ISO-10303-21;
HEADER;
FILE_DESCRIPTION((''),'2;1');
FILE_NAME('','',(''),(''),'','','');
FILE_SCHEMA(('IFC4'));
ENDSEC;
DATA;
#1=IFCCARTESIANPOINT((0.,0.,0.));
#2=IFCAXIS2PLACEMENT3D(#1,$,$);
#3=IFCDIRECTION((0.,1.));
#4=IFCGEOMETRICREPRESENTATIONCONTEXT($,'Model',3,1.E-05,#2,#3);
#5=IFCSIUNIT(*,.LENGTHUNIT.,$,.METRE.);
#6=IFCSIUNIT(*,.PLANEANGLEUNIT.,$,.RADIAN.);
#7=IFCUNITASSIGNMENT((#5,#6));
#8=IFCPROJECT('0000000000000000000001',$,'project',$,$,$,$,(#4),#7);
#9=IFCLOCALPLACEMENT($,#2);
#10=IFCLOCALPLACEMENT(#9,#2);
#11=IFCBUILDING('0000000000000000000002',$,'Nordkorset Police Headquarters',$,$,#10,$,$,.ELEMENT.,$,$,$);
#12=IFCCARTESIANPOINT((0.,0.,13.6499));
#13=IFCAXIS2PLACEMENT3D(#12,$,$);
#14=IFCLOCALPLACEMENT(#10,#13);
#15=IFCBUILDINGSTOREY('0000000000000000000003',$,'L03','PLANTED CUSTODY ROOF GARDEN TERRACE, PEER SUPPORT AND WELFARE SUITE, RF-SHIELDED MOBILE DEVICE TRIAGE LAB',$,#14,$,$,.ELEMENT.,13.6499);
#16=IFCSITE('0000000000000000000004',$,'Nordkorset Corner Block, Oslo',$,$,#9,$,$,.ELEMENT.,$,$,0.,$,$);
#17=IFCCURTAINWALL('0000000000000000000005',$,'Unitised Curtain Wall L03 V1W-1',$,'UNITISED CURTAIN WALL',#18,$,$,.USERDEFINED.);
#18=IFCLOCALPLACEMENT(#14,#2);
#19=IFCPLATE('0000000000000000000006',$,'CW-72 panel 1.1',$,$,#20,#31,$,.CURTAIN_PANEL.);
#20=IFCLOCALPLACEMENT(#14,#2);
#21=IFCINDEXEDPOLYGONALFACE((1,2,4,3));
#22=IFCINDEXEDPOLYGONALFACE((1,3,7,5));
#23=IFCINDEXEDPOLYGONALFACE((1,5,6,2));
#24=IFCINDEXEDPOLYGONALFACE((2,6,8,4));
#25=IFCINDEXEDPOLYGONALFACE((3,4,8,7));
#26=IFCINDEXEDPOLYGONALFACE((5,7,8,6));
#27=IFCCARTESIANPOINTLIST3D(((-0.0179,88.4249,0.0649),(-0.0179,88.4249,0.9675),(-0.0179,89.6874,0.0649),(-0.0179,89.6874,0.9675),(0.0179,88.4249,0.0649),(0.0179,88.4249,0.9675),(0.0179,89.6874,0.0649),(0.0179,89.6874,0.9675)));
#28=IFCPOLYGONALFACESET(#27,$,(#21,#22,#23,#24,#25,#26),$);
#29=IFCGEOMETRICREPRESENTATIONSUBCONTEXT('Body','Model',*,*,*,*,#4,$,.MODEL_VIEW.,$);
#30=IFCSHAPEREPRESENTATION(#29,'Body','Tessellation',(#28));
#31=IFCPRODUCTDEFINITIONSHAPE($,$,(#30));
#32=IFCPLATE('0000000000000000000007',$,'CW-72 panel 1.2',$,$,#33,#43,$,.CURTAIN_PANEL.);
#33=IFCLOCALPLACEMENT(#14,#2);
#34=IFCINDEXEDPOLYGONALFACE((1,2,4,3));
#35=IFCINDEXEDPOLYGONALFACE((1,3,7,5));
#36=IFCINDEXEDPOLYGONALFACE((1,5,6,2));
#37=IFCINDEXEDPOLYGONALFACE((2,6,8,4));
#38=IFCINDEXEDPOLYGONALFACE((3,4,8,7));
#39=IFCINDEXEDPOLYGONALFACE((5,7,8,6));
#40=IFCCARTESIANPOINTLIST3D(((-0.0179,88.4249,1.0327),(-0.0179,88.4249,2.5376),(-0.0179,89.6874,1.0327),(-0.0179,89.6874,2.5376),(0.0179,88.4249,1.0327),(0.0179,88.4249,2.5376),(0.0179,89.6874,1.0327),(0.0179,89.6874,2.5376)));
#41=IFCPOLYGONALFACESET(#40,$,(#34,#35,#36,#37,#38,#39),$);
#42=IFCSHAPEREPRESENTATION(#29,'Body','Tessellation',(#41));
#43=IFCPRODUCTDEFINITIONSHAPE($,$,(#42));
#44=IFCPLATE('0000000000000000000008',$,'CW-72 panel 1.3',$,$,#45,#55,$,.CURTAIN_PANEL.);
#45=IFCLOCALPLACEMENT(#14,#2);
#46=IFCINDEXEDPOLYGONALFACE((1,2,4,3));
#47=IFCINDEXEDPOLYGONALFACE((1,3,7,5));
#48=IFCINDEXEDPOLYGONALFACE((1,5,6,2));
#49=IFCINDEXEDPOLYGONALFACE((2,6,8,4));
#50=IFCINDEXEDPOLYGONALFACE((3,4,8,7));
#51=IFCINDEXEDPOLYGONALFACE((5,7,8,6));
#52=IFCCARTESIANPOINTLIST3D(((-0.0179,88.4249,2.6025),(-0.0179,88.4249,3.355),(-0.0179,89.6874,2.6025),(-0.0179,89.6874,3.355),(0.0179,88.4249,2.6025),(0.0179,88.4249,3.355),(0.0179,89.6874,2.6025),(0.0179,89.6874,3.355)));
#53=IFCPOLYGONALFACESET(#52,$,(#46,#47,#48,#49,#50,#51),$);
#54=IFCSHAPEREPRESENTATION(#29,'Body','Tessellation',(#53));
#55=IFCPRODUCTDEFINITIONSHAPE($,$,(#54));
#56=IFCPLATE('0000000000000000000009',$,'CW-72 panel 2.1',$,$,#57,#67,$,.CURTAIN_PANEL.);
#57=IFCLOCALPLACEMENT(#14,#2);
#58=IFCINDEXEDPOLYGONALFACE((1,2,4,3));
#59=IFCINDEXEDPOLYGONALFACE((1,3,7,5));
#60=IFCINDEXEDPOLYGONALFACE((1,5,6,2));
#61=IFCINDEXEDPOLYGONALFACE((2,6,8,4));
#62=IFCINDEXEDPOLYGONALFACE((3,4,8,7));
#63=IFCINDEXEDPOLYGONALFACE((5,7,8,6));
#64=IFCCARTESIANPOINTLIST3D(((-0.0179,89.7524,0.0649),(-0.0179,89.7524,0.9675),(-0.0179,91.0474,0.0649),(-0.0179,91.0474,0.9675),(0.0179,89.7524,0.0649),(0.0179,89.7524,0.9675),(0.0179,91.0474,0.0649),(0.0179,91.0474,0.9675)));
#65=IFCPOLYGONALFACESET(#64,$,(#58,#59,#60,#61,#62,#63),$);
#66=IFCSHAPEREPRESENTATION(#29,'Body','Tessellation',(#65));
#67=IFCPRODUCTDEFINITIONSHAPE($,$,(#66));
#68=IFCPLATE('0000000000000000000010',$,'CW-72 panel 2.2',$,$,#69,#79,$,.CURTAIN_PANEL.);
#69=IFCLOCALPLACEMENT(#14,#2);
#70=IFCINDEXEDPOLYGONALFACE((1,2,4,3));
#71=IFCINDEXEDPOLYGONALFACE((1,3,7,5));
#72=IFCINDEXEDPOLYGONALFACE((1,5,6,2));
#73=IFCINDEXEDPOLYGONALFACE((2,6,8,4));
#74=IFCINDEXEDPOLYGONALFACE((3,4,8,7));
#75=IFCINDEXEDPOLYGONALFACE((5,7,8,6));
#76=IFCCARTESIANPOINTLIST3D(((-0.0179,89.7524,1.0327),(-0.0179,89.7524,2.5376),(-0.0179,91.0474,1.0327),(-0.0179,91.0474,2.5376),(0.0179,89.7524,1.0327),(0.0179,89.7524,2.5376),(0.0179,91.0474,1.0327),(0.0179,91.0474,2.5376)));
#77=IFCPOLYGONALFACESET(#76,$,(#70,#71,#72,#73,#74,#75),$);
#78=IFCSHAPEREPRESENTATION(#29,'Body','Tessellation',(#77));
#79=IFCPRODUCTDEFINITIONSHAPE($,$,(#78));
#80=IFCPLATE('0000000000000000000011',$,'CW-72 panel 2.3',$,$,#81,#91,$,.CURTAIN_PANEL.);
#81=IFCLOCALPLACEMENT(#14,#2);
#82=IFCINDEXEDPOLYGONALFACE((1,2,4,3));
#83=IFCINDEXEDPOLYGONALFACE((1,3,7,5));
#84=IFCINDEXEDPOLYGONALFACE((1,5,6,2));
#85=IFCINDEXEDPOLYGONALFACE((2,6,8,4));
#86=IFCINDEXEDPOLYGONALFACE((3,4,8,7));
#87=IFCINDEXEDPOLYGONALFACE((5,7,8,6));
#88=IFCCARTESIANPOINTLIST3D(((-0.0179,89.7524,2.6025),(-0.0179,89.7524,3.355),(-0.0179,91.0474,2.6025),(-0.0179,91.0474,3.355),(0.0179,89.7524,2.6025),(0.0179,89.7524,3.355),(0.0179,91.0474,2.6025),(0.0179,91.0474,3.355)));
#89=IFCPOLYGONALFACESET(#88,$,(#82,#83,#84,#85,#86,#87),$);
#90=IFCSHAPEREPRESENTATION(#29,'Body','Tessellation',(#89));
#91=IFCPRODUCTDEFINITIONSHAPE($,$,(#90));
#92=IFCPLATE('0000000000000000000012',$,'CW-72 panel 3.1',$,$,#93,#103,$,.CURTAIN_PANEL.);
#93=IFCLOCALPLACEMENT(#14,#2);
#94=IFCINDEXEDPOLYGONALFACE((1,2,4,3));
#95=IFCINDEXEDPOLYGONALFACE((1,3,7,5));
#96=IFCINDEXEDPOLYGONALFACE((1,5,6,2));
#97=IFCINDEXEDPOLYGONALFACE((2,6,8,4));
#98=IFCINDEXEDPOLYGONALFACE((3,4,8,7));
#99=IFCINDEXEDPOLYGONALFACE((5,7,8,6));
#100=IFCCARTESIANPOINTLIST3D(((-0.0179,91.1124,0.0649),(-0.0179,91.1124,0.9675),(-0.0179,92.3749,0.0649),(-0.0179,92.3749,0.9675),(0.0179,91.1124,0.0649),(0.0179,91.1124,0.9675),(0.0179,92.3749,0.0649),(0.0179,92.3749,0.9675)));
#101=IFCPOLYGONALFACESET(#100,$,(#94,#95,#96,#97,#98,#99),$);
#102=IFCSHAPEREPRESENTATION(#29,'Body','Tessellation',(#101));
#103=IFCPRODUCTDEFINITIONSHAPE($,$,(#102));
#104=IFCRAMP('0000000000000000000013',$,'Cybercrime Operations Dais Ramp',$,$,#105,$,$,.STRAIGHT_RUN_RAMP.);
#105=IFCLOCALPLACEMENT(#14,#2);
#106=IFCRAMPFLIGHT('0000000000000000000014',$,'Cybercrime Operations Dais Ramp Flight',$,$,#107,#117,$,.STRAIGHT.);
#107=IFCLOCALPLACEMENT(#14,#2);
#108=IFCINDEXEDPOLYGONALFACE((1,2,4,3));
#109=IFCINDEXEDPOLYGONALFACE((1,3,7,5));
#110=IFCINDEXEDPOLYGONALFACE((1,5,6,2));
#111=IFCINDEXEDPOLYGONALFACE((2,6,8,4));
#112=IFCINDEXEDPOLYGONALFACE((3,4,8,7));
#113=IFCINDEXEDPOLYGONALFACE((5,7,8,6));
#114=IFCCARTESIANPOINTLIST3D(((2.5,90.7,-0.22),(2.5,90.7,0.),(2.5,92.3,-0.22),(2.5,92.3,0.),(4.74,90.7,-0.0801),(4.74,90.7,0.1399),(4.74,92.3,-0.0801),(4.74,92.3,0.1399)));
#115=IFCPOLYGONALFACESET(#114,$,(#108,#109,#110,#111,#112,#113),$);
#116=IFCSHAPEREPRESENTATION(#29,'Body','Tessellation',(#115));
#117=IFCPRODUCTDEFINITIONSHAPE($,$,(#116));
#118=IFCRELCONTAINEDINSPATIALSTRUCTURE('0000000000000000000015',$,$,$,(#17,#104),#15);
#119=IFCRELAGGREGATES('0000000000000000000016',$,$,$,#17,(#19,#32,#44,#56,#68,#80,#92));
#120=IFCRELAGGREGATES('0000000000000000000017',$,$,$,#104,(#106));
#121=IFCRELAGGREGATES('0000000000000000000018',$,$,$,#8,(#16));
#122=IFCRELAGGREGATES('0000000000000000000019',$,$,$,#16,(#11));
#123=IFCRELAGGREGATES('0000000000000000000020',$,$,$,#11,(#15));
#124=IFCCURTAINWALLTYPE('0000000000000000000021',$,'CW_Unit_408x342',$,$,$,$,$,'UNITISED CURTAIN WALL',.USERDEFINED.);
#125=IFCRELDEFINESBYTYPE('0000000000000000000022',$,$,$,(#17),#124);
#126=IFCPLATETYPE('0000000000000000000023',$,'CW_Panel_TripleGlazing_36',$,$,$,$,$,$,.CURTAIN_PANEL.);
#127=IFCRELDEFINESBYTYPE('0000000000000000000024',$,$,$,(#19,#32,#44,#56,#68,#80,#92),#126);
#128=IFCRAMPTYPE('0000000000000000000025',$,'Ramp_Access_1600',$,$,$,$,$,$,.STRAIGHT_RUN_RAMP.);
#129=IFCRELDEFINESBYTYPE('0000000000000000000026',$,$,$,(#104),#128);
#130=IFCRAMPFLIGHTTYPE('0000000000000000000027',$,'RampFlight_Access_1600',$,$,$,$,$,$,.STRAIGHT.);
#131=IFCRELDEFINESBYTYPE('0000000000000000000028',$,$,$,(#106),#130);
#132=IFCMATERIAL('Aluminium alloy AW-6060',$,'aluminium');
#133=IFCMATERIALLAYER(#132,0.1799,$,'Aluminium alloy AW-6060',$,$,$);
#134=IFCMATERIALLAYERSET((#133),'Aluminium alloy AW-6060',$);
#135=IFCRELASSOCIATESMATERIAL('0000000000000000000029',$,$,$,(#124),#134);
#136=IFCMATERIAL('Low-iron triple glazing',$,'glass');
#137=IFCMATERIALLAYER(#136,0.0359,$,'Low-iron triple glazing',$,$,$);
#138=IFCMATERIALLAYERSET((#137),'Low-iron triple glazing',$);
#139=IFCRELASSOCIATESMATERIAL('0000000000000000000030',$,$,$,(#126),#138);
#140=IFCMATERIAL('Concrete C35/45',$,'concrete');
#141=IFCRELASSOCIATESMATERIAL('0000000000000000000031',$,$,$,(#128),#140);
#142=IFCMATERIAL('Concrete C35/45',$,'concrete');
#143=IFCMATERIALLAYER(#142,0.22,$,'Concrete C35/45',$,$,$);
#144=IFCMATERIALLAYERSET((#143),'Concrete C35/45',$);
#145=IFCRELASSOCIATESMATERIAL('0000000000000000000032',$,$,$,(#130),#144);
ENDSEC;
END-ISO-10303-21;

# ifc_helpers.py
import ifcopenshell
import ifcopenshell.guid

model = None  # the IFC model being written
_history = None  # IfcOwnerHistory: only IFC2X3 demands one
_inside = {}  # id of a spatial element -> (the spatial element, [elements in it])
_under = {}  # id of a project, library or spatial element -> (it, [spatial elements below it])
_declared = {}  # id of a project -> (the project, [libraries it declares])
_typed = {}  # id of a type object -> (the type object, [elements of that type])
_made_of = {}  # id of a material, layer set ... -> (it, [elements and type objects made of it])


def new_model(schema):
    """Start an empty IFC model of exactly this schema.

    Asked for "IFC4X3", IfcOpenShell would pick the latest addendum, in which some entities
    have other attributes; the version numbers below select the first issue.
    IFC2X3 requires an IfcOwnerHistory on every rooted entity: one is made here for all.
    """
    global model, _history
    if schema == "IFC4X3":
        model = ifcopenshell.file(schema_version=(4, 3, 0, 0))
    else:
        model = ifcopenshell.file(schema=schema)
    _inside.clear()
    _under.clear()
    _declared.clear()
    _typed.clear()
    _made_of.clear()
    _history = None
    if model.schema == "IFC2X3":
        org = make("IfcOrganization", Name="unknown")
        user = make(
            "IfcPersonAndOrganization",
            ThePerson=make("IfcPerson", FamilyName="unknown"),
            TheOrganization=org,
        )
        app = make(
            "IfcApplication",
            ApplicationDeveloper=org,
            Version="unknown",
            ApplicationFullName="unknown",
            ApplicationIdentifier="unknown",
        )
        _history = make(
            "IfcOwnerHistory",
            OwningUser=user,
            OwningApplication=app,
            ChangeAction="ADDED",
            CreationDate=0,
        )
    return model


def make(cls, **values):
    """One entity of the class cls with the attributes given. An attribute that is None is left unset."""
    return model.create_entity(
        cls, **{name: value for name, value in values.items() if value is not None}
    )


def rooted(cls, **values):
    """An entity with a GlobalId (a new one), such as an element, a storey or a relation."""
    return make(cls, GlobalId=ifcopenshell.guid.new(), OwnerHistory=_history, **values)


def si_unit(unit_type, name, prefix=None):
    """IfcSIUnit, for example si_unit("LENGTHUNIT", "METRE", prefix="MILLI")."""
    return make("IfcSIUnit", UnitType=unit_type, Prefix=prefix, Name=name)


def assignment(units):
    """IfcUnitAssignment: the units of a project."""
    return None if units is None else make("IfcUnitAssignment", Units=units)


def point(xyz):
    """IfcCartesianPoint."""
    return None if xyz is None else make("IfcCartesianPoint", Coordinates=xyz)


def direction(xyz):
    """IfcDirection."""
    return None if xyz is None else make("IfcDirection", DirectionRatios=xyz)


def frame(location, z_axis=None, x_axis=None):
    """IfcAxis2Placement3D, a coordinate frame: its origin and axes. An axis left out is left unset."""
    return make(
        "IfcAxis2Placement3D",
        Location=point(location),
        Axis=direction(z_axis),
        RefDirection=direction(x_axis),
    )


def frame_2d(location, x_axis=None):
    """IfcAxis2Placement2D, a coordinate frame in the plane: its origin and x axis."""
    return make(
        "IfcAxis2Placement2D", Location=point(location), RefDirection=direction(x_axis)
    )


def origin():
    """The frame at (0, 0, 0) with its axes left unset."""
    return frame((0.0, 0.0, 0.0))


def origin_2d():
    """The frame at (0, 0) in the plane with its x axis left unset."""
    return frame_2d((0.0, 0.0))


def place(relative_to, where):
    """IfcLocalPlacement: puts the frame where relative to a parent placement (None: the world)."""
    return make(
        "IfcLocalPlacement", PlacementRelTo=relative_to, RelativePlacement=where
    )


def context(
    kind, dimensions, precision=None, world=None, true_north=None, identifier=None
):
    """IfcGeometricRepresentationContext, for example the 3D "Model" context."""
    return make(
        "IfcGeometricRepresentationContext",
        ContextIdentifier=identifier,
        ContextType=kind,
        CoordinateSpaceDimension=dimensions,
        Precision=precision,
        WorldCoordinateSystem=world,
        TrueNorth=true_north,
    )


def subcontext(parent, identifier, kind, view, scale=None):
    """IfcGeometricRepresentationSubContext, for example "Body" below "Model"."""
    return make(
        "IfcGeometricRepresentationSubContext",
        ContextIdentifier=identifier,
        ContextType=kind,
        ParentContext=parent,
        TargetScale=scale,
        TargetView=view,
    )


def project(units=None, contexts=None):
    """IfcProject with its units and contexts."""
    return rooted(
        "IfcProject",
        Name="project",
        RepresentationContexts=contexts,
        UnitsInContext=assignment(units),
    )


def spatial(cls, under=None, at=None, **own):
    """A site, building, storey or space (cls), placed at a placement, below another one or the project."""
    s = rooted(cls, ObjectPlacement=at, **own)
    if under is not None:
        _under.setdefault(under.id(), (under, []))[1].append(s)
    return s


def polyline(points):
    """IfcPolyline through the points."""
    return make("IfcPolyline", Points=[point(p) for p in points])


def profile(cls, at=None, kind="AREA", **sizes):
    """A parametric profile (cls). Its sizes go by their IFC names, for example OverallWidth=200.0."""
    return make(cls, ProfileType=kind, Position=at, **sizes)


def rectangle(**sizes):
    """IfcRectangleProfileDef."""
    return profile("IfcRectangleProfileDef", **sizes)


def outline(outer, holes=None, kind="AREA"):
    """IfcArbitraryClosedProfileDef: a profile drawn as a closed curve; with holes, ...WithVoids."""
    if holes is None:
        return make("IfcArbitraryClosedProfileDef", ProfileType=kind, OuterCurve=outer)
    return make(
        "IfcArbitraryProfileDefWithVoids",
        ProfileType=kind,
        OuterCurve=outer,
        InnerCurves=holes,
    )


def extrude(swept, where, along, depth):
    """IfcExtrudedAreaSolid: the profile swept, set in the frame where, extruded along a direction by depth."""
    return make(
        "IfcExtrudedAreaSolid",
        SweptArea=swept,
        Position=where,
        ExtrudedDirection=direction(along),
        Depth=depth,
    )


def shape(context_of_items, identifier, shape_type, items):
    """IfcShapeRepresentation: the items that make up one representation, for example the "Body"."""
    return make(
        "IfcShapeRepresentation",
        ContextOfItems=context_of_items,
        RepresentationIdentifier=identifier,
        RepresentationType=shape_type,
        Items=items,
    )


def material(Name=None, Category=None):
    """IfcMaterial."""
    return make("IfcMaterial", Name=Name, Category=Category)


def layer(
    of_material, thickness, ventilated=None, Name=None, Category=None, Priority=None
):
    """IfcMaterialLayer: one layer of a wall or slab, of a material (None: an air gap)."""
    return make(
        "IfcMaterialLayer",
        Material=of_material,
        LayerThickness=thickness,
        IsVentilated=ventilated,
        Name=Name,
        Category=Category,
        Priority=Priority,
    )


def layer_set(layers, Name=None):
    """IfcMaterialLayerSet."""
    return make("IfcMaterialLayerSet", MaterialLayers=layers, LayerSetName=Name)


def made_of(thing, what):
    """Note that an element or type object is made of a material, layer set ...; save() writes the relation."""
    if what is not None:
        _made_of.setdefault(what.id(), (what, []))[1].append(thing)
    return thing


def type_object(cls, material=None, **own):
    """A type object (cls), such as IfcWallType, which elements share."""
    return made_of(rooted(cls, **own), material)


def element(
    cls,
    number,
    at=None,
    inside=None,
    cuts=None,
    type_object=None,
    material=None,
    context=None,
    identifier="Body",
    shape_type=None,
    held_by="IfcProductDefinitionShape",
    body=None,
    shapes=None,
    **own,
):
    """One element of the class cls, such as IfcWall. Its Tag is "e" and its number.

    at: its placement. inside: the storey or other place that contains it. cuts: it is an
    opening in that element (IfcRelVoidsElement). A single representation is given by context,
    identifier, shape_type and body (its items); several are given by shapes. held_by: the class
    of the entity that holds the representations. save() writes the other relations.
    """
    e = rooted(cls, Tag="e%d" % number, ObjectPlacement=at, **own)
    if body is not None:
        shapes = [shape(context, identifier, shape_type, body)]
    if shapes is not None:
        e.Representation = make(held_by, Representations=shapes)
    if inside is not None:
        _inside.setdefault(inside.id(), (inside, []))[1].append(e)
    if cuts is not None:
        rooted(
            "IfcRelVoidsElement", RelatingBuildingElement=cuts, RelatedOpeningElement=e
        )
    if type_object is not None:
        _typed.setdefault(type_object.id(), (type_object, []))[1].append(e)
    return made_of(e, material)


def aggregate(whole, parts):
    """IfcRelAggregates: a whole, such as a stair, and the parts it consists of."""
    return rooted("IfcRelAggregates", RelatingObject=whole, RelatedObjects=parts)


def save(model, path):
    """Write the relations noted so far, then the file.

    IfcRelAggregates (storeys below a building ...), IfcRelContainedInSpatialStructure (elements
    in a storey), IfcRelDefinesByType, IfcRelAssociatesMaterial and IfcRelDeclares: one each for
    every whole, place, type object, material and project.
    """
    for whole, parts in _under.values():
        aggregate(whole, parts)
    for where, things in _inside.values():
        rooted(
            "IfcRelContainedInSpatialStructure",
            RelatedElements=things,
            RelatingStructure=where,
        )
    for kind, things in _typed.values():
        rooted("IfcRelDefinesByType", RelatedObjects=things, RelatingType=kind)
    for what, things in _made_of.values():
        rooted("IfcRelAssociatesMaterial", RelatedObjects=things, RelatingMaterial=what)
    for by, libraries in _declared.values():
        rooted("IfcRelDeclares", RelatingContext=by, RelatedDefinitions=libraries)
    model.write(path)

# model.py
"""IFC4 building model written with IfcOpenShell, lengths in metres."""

from ifc_helpers import new_model, si_unit, direction, frame, origin, origin_2d, place, context, subcontext, project, spatial, polyline, rectangle, outline, extrude, material, layer, layer_set, type_object, element, aggregate, save


model = new_model("IFC4")

# Units and contexts
model_context = context("Model", 3, precision=1e-05, world=origin(), true_north=direction((0.0, 1.0)))
body_context = subcontext(model_context, "Body", "Model", "MODEL_VIEW")
ifc_project = project(units=[si_unit("LENGTHUNIT", "METRE"), si_unit("PLANEANGLEUNIT", "RADIAN")], contexts=[model_context])

# Site, building, storey
site_placement = place(None, origin())
site = spatial("IfcSite", under=ifc_project, at=site_placement, Name="Nordkorset Corner Block, Oslo", CompositionType="ELEMENT", RefElevation=0.0)
building_placement = place(site_placement, origin())
building = spatial("IfcBuilding", under=site, at=building_placement, Name="Nordkorset Police Headquarters", CompositionType="ELEMENT")
storey_placement = place(building_placement, frame((0.0, 0.0, 13.6499)))
storey = spatial("IfcBuildingStorey", under=building, at=storey_placement, Name="L03", Description="PLANTED CUSTODY ROOF GARDEN TERRACE, PEER SUPPORT AND WELFARE SUITE, RF-SHIELDED MOBILE DEVICE TRIAGE LAB", CompositionType="ELEMENT", Elevation=13.6499)

# Curtain wall, plates
ifc_material_1 = material(Name="Aluminium alloy AW-6060", Category="aluminium")
ifc_layer_1 = layer(ifc_material_1, 0.1799, Name="Aluminium alloy AW-6060")
ifc_layer_set_1 = layer_set([ifc_layer_1], Name="Aluminium alloy AW-6060")
curtain_wall_type = type_object("IfcCurtainWallType", Name="CW_Unit_408x342", ElementType="UNITISED CURTAIN WALL", PredefinedType="USERDEFINED", material=ifc_layer_set_1)
curtain_wall_placement = place(storey_placement, origin())
curtain_wall = element("IfcCurtainWall", 1, at=curtain_wall_placement, inside=storey, type_object=curtain_wall_type, Name="Unitised Curtain Wall L03 V1W-1", ObjectType="UNITISED CURTAIN WALL", PredefinedType="USERDEFINED")
ifc_material_2 = material(Name="Low-iron triple glazing", Category="glass")
ifc_layer_2 = layer(ifc_material_2, 0.0359, Name="Low-iron triple glazing")
ifc_layer_set_2 = layer_set([ifc_layer_2], Name="Low-iron triple glazing")
plate_type = type_object("IfcPlateType", Name="CW_Panel_TripleGlazing_36", PredefinedType="CURTAIN_PANEL", material=ifc_layer_set_2)
plate_1_placement = place(storey_placement, frame((0.0, 89.0562, 0.0649), z_axis=(0.0, 0.0, 1.0), x_axis=(0.0, 1.0, 0.0)))
plate_1 = element("IfcPlate", 2, at=plate_1_placement, type_object=plate_type, Name="CW-72 panel 1.1", PredefinedType="CURTAIN_PANEL", context=body_context, shape_type="SweptSolid", body=[
    extrude(rectangle(XDim=1.2625, YDim=0.0359, at=origin_2d()), origin(), (0.0, 0.0, 1.0), 0.9026),
])
plate_2_placement = place(storey_placement, frame((0.0, 89.0562, 1.0327), z_axis=(0.0, 0.0, 1.0), x_axis=(0.0, 1.0, 0.0)))
plate_2 = element("IfcPlate", 3, at=plate_2_placement, type_object=plate_type, Name="CW-72 panel 1.2", PredefinedType="CURTAIN_PANEL", context=body_context, shape_type="SweptSolid", body=[
    extrude(rectangle(XDim=1.2625, YDim=0.0359, at=origin_2d()), origin(), (0.0, 0.0, 1.0), 1.5049),
])
plate_3_placement = place(storey_placement, frame((0.0, 89.0562, 2.6025), z_axis=(0.0, 0.0, 1.0), x_axis=(0.0, 1.0, 0.0)))
plate_3 = element("IfcPlate", 4, at=plate_3_placement, type_object=plate_type, Name="CW-72 panel 1.3", PredefinedType="CURTAIN_PANEL", context=body_context, shape_type="SweptSolid", body=[
    extrude(rectangle(XDim=1.2625, YDim=0.0359, at=origin_2d()), origin(), (0.0, 0.0, 1.0), 0.7524),
])
plate_4_placement = place(storey_placement, frame((0.0, 90.3999, 0.0649), z_axis=(0.0, 0.0, 1.0), x_axis=(0.0, 1.0, 0.0)))
plate_4 = element("IfcPlate", 5, at=plate_4_placement, type_object=plate_type, Name="CW-72 panel 2.1", PredefinedType="CURTAIN_PANEL", context=body_context, shape_type="SweptSolid", body=[
    extrude(rectangle(XDim=1.2949, YDim=0.0359, at=origin_2d()), origin(), (0.0, 0.0, 1.0), 0.9026),
])
plate_5_placement = place(storey_placement, frame((0.0, 90.3999, 1.0327), z_axis=(0.0, 0.0, 1.0), x_axis=(0.0, 1.0, 0.0)))
plate_5 = element("IfcPlate", 6, at=plate_5_placement, type_object=plate_type, Name="CW-72 panel 2.2", PredefinedType="CURTAIN_PANEL", context=body_context, shape_type="SweptSolid", body=[
    extrude(rectangle(XDim=1.2949, YDim=0.0359, at=origin_2d()), origin(), (0.0, 0.0, 1.0), 1.5049),
])
plate_6_placement = place(storey_placement, frame((0.0, 90.3999, 2.6025), z_axis=(0.0, 0.0, 1.0), x_axis=(0.0, 1.0, 0.0)))
plate_6 = element("IfcPlate", 7, at=plate_6_placement, type_object=plate_type, Name="CW-72 panel 2.3", PredefinedType="CURTAIN_PANEL", context=body_context, shape_type="SweptSolid", body=[
    extrude(rectangle(XDim=1.2949, YDim=0.0359, at=origin_2d()), origin(), (0.0, 0.0, 1.0), 0.7524),
])
plate_7_placement = place(storey_placement, frame((0.0, 91.7437, 0.0649), z_axis=(0.0, 0.0, 1.0), x_axis=(0.0, 1.0, 0.0)))
plate_7 = element("IfcPlate", 8, at=plate_7_placement, type_object=plate_type, Name="CW-72 panel 3.1", PredefinedType="CURTAIN_PANEL", context=body_context, shape_type="SweptSolid", body=[
    extrude(rectangle(XDim=1.2625, YDim=0.0359, at=origin_2d()), origin(), (0.0, 0.0, 1.0), 0.9026),
])
aggregate(curtain_wall, [plate_1, plate_2, plate_3, plate_4, plate_5, plate_6, plate_7])

# Ramp, ramp flight
ifc_material_3 = material(Name="Concrete C35/45", Category="concrete")
ramp_type = type_object("IfcRampType", Name="Ramp_Access_1600", PredefinedType="STRAIGHT_RUN_RAMP", material=ifc_material_3)
ramp_placement = place(storey_placement, origin())
ramp = element("IfcRamp", 9, at=ramp_placement, inside=storey, type_object=ramp_type, Name="Cybercrime Operations Dais Ramp", PredefinedType="STRAIGHT_RUN_RAMP")
ifc_material_4 = material(Name="Concrete C35/45", Category="concrete")
ifc_layer_3 = layer(ifc_material_4, 0.22, Name="Concrete C35/45")
ifc_layer_set_3 = layer_set([ifc_layer_3], Name="Concrete C35/45")
ramp_flight_type = type_object("IfcRampFlightType", Name="RampFlight_Access_1600", PredefinedType="STRAIGHT", material=ifc_layer_set_3)
ramp_flight_placement = place(storey_placement, frame((2.5, 91.5, 0.0), z_axis=(0.0, 0.0, 1.0), x_axis=(1.0, 0.0, 0.0)))
ramp_flight = element("IfcRampFlight", 10, at=ramp_flight_placement, type_object=ramp_flight_type, Name="Cybercrime Operations Dais Ramp Flight", PredefinedType="STRAIGHT", context=body_context, shape_type="SweptSolid", body=[
    extrude(outline(polyline([(0.0, 0.0), (2.24, 0.1399), (2.24, -0.0801), (0.0, -0.22), (0.0, 0.0)])), frame((0.0, 0.8, 0.0), z_axis=(0.0, -1.0, 0.0), x_axis=(1.0, 0.0, 0.0)), (0.0, 0.0, 1.0), 1.6001),
])
aggregate(ramp, [ramp_flight])

save(model, "model.ifc")
